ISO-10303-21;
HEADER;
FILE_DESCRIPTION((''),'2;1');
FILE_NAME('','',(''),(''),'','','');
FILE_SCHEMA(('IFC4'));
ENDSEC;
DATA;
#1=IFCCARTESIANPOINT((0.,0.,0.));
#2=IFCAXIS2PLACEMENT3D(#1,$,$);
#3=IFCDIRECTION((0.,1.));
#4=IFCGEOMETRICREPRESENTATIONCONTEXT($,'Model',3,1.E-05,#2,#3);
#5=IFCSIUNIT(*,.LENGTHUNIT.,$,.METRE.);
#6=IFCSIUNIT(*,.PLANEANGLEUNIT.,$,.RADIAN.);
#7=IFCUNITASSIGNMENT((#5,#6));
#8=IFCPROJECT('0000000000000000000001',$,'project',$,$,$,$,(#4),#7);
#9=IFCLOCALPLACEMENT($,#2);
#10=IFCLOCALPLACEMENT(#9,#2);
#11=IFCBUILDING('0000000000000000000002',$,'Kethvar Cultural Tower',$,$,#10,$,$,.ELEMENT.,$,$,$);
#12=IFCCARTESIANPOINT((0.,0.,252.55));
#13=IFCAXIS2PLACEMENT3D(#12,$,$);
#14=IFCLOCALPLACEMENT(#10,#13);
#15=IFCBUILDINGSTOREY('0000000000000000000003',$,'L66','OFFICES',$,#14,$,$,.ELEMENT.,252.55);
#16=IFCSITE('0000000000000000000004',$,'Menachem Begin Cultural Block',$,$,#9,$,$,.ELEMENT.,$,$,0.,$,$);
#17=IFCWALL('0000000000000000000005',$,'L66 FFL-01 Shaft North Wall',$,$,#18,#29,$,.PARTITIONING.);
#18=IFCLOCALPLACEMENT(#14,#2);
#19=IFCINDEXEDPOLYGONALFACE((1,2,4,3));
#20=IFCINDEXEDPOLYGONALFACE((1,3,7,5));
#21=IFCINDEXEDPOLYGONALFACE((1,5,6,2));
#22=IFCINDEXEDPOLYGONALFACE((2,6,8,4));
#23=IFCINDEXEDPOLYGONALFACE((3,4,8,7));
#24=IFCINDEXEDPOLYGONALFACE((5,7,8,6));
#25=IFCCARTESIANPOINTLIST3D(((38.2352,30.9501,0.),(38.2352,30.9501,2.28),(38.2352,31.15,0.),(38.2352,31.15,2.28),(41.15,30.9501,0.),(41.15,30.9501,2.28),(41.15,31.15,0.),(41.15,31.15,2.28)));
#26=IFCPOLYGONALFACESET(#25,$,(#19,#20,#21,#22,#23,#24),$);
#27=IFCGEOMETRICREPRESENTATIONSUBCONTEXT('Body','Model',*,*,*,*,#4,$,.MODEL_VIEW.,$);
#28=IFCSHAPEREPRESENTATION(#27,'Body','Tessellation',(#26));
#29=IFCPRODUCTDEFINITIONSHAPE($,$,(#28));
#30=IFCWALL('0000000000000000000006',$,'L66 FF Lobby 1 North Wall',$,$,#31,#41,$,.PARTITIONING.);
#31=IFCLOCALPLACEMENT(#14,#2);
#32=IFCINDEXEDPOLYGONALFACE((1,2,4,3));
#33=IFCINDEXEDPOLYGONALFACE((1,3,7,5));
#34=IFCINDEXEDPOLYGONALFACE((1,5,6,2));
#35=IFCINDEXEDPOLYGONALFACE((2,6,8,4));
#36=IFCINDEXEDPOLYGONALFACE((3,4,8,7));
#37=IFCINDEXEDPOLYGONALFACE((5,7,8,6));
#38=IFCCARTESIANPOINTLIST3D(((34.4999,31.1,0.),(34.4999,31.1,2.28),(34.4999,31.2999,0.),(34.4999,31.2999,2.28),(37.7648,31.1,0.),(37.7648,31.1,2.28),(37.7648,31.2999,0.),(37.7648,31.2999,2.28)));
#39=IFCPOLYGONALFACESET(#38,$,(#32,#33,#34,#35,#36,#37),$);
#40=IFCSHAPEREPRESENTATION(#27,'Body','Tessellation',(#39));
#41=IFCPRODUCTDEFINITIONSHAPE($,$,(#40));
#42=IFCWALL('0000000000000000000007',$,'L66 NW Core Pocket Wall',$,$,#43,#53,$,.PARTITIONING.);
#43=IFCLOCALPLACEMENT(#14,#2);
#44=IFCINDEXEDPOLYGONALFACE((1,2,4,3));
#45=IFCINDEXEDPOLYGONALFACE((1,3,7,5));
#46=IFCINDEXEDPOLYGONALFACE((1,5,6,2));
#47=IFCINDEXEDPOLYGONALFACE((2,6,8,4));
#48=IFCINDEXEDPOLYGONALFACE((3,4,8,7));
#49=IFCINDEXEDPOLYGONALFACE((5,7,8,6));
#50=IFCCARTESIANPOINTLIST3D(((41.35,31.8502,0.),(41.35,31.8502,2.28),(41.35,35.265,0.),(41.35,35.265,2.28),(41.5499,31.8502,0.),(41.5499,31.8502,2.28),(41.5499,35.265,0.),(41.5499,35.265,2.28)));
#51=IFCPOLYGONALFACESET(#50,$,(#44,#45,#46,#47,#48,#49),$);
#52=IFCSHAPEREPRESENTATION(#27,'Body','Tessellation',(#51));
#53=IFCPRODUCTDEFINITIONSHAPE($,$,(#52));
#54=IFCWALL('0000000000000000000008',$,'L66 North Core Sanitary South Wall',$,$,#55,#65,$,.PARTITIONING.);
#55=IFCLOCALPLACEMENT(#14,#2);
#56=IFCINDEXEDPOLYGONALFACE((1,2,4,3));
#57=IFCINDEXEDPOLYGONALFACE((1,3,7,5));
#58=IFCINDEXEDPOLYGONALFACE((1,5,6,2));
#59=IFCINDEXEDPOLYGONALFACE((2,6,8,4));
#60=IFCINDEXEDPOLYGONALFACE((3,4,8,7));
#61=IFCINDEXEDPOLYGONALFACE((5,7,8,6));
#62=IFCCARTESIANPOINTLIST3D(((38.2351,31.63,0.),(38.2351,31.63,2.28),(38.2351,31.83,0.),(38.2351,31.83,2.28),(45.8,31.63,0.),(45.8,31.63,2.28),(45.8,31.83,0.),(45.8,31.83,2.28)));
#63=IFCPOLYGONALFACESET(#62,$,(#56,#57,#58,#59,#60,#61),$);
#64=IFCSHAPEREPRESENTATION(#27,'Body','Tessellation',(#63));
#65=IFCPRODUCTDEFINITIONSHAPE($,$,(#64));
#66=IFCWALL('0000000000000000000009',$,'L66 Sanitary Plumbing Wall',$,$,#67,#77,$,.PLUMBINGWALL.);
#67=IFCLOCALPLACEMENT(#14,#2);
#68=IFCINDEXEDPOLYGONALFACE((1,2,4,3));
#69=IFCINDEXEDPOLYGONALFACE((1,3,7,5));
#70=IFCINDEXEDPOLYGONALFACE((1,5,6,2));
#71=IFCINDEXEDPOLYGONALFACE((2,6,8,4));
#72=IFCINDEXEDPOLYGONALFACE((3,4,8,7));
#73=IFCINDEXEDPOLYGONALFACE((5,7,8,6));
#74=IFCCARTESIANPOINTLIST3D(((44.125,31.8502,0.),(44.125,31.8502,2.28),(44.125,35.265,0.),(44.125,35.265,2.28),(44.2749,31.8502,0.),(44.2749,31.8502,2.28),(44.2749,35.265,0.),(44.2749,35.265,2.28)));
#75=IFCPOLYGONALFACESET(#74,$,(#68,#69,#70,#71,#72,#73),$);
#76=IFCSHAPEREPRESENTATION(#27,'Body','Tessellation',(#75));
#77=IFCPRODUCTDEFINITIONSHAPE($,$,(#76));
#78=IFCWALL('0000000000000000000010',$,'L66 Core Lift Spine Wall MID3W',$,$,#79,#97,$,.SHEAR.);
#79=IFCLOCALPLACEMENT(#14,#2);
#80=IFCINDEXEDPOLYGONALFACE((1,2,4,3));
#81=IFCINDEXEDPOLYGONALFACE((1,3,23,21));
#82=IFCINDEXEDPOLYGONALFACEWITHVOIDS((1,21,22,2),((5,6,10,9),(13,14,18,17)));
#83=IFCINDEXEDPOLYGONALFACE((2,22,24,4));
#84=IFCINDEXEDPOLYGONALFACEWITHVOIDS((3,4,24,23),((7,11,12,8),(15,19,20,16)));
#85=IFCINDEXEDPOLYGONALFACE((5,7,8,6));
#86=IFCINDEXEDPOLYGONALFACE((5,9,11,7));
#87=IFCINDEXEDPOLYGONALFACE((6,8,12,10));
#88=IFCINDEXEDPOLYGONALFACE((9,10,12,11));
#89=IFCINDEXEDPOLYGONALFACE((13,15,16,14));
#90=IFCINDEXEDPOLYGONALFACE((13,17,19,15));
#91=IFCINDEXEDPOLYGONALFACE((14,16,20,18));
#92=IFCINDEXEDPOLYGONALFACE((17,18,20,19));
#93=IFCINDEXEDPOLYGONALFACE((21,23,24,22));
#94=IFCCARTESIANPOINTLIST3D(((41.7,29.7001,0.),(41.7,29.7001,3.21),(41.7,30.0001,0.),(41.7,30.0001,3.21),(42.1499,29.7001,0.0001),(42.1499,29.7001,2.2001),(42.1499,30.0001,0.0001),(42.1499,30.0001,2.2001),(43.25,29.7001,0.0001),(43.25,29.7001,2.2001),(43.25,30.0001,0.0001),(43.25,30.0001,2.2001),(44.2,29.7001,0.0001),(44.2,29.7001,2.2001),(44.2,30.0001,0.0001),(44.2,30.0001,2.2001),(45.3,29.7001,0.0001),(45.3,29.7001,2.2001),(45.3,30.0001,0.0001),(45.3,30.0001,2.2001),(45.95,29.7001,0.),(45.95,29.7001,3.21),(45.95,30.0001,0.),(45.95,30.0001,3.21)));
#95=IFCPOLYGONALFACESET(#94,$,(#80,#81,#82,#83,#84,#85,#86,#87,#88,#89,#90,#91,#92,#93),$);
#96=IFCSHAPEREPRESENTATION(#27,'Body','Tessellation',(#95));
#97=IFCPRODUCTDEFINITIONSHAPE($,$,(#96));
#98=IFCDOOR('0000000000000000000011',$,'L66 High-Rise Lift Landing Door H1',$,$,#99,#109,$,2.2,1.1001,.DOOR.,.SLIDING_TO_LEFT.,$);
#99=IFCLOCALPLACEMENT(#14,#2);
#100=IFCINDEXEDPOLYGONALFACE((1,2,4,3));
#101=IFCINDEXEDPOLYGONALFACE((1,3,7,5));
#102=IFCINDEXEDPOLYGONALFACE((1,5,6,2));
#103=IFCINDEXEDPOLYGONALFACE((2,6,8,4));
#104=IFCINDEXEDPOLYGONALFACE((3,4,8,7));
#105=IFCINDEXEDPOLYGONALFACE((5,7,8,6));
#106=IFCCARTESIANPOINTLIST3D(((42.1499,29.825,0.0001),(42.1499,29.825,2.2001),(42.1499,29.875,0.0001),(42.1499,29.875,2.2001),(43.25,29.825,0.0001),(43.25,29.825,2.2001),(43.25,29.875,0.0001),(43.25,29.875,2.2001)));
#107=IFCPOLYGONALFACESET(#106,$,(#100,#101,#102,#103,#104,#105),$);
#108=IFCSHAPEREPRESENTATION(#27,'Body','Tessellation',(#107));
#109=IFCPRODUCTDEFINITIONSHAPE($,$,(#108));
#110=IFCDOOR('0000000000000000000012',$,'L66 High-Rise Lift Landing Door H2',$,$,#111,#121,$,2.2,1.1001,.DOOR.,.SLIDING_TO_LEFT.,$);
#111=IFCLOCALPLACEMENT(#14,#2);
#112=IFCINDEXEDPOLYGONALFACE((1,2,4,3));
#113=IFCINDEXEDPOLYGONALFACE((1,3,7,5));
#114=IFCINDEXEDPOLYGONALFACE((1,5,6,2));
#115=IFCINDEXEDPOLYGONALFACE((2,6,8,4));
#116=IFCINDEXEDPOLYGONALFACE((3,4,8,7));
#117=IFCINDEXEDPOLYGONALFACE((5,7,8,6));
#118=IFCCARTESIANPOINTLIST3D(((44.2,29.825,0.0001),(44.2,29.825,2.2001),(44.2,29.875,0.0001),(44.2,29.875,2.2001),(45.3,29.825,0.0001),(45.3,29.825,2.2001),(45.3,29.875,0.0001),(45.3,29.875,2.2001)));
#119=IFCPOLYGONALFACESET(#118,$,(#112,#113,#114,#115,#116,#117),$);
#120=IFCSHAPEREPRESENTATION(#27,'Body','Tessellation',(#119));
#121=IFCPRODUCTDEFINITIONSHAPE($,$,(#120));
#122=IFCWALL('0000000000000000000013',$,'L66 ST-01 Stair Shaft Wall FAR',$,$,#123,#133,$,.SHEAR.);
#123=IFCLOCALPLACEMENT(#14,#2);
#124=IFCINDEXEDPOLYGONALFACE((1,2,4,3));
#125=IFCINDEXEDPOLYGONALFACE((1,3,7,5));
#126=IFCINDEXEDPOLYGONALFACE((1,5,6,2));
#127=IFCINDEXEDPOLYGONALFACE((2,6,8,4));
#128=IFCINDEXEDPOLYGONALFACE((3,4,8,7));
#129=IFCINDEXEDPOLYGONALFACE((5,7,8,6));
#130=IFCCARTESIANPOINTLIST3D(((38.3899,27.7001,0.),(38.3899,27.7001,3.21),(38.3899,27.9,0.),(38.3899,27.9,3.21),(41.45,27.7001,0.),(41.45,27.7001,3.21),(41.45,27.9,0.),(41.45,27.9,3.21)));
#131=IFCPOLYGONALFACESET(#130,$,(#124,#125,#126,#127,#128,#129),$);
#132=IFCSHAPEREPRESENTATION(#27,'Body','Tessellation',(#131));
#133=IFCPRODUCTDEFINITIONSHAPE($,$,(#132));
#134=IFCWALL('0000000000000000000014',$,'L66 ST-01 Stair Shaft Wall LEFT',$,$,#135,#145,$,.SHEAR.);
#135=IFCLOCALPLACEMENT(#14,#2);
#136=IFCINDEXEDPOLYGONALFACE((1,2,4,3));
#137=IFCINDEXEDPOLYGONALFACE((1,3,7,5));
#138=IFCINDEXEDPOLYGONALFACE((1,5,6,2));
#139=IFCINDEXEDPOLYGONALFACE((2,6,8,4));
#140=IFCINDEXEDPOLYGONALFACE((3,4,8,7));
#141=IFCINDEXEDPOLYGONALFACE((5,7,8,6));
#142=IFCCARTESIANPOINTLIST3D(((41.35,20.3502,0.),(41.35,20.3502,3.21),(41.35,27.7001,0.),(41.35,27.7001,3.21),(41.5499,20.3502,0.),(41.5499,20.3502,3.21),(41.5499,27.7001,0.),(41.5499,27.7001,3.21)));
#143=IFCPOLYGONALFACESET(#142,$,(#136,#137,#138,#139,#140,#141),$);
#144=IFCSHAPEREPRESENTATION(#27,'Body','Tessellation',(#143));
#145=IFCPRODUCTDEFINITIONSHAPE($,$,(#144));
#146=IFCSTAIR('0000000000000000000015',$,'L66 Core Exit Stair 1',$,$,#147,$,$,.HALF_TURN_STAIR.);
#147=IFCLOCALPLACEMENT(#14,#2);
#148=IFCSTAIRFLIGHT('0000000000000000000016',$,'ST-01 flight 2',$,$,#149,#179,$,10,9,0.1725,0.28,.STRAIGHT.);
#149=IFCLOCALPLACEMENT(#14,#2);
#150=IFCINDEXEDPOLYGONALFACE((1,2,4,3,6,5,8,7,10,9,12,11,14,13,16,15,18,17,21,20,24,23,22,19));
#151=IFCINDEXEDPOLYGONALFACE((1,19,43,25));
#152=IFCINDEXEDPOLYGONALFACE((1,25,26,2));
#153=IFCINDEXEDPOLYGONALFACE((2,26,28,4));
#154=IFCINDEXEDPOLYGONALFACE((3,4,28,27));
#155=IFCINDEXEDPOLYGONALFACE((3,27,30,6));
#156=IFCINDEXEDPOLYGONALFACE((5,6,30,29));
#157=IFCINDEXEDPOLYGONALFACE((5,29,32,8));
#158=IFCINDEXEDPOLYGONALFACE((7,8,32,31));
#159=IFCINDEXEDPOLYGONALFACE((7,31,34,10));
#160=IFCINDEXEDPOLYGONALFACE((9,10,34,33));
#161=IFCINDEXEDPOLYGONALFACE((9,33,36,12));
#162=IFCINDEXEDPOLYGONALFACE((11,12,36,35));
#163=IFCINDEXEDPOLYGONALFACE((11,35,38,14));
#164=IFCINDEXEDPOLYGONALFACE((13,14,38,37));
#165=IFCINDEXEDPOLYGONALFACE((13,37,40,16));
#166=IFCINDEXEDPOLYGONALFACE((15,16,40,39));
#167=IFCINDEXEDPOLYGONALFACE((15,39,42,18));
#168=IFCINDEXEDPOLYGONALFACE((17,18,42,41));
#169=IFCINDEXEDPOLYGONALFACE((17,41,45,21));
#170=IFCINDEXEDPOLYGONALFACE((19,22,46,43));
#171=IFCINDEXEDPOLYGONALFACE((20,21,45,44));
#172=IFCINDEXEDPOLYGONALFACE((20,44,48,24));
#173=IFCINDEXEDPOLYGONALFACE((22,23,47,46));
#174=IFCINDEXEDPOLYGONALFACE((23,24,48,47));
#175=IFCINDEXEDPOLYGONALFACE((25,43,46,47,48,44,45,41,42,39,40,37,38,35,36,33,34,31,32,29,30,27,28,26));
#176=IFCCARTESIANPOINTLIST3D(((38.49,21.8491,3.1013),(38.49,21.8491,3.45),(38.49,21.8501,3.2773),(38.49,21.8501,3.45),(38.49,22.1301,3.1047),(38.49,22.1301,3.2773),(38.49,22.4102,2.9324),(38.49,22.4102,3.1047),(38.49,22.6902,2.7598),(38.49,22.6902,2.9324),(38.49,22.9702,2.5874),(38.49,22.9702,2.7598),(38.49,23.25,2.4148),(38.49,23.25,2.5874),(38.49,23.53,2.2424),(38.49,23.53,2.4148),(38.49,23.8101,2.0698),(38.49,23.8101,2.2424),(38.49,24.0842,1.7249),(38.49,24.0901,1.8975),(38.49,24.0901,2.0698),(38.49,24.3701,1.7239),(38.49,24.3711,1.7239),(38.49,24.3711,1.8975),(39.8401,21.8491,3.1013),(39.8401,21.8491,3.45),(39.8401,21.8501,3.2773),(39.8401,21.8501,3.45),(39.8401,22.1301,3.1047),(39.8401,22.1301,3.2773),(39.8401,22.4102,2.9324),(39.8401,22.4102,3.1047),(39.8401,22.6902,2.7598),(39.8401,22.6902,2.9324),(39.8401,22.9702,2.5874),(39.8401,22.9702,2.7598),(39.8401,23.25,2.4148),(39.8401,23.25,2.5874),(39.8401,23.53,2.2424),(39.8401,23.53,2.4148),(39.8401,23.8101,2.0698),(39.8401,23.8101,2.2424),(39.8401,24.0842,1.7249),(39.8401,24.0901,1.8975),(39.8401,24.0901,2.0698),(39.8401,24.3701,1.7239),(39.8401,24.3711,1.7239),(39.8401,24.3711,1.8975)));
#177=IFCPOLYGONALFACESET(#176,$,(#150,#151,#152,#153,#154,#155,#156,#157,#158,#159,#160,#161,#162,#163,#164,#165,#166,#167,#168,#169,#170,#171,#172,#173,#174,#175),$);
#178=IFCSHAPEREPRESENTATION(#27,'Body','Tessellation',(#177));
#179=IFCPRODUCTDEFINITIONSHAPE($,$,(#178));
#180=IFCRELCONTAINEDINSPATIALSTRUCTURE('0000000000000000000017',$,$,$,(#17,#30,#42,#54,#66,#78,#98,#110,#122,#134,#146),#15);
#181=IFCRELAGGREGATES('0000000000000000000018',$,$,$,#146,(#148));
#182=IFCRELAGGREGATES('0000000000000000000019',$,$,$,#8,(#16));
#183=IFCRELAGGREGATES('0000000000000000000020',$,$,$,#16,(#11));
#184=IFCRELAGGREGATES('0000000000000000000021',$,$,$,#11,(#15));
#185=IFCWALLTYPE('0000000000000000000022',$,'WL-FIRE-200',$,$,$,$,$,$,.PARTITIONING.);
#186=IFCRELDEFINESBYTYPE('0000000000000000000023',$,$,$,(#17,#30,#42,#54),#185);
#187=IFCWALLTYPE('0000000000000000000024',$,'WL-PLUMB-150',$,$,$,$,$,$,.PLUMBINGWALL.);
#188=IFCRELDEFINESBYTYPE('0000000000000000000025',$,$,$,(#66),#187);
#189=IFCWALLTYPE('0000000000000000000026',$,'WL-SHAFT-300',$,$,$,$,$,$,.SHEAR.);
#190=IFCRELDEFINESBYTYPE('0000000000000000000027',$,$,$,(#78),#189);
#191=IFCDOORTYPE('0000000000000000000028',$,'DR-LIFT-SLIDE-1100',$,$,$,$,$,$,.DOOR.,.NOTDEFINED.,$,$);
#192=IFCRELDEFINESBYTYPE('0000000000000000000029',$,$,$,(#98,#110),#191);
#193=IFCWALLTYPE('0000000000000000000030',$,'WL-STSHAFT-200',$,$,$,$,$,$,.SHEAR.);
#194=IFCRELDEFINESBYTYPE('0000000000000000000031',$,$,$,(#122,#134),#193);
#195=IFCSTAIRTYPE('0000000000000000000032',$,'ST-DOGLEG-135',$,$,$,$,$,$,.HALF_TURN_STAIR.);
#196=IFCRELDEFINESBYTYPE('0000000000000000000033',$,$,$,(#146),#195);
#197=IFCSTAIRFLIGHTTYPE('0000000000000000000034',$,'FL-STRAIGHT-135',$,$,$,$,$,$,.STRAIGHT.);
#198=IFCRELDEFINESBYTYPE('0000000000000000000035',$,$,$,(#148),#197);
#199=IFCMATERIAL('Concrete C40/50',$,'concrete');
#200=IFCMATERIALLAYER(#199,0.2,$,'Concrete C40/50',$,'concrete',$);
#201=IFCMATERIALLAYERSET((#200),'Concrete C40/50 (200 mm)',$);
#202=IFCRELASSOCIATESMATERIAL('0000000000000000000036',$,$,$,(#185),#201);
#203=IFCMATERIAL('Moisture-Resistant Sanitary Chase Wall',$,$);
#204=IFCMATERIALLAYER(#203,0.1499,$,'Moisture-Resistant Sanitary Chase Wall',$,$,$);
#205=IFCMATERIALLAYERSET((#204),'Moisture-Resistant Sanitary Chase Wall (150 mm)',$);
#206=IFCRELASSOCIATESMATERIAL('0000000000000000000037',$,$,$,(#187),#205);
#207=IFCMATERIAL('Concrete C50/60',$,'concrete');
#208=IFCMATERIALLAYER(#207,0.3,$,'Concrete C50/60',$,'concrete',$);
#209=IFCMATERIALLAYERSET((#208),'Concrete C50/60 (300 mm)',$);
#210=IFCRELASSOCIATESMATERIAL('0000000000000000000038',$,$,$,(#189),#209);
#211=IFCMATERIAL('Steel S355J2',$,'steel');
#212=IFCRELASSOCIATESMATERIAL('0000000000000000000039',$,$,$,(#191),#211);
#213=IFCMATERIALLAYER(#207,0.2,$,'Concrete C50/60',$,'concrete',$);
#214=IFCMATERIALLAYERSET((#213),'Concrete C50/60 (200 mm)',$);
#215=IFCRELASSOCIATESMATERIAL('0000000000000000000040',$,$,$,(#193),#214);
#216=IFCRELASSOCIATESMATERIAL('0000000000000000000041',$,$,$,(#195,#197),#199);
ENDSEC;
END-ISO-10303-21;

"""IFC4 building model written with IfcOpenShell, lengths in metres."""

from ifc_helpers import new_model, si_unit, direction, frame, frame_2d, origin, place, context, subcontext, project, spatial, polyline, rectangle, outline, extrude, source, transform, mapped, material, layer, layer_set, type_object, element, fill, aggregate, save


model = new_model("IFC4")

# Units and contexts
model_context = context("Model", 3, precision=1e-05, world=origin(), true_north=direction((0.0, 1.0)))
body_context = subcontext(model_context, "Body", "Model", "MODEL_VIEW")
ifc_project = project(units=[si_unit("LENGTHUNIT", "METRE"), si_unit("PLANEANGLEUNIT", "RADIAN")], contexts=[model_context])

# Site, building, storey
site_placement = place(None, origin())
site = spatial("IfcSite", under=ifc_project, at=site_placement, Name="Menachem Begin Cultural Block", CompositionType="ELEMENT", RefElevation=0.0)
building_placement = place(site_placement, origin())
building = spatial("IfcBuilding", under=site, at=building_placement, Name="Kethvar Cultural Tower", CompositionType="ELEMENT")
storey_placement = place(building_placement, frame((0.0, 0.0, 252.55)))
storey = spatial("IfcBuildingStorey", under=building, at=storey_placement, Name="L66", Description="OFFICES", CompositionType="ELEMENT", Elevation=252.55)

# Shared definitions
ifc_material_1 = material(Name="Steel S355J2", Category="steel")

# Walls
ifc_material_2 = material(Name="Concrete C40/50", Category="concrete")
ifc_layer_1 = layer(ifc_material_2, 0.2, Name="Concrete C40/50", Category="concrete")
ifc_layer_set_1 = layer_set([ifc_layer_1], Name="Concrete C40/50 (200 mm)")
wall_type_1 = type_object("IfcWallType", Name="WL-FIRE-200", PredefinedType="PARTITIONING", material=ifc_layer_set_1)
for number, where, z_axis, x_axis, name in (
    (1, (38.2351, 31.05, 0.0), (0.0, 0.0, 1.0), (1.0, 0.0, 0.0), "L66 FFL-01 Shaft North Wall"),
):
    element("IfcWall", number, at=place(storey_placement, frame(where, z_axis=z_axis, x_axis=x_axis)), inside=storey, type_object=wall_type_1, Name=name, PredefinedType="PARTITIONING", context=body_context, shape_type="SweptSolid", body=[
        extrude(rectangle(XDim=2.9148, YDim=0.2, at=frame_2d((1.4575, 0.0))), origin(), (0.0, 0.0, 1.0), 2.28),
    ])
wall_1_placement = place(storey_placement, frame((34.5, 31.2, 0.0), z_axis=(0.0, 0.0, 1.0), x_axis=(1.0, 0.0, 0.0)))
element("IfcWall", 2, at=wall_1_placement, inside=storey, type_object=wall_type_1, Name="L66 FF Lobby 1 North Wall", PredefinedType="PARTITIONING", context=body_context, shape_type="SweptSolid", body=[
    extrude(rectangle(XDim=3.2649, YDim=0.2, at=frame_2d((1.6323, 0.0))), origin(), (0.0, 0.0, 1.0), 2.28),
])
wall_2_placement = place(storey_placement, frame((41.45, 31.8501, 0.0), z_axis=(0.0, 0.0, 1.0), x_axis=(0.0, 1.0, 0.0)))
element("IfcWall", 3, at=wall_2_placement, inside=storey, type_object=wall_type_1, Name="L66 NW Core Pocket Wall", PredefinedType="PARTITIONING", context=body_context, shape_type="SweptSolid", body=[
    extrude(rectangle(XDim=3.4148, YDim=0.2, at=frame_2d((1.7075, 0.0))), origin(), (0.0, 0.0, 1.0), 2.28),
])
wall_3_placement = place(storey_placement, frame((38.2351, 31.73, 0.0), z_axis=(0.0, 0.0, 1.0), x_axis=(1.0, 0.0, 0.0)))
element("IfcWall", 4, at=wall_3_placement, inside=storey, type_object=wall_type_1, Name="L66 North Core Sanitary South Wall", PredefinedType="PARTITIONING", context=body_context, shape_type="SweptSolid", body=[
    extrude(rectangle(XDim=7.5649, YDim=0.2, at=frame_2d((3.7825, 0.0))), origin(), (0.0, 0.0, 1.0), 2.28),
])
ifc_material_3 = material(Name="Moisture-Resistant Sanitary Chase Wall")
ifc_layer_2 = layer(ifc_material_3, 0.1499, Name="Moisture-Resistant Sanitary Chase Wall")
ifc_layer_set_2 = layer_set([ifc_layer_2], Name="Moisture-Resistant Sanitary Chase Wall (150 mm)")
wall_type_2 = type_object("IfcWallType", Name="WL-PLUMB-150", PredefinedType="PLUMBINGWALL", material=ifc_layer_set_2)
wall_4_placement = place(storey_placement, frame((44.2, 31.8501, 0.0), z_axis=(0.0, 0.0, 1.0), x_axis=(0.0, 1.0, 0.0)))
element("IfcWall", 5, at=wall_4_placement, inside=storey, type_object=wall_type_2, Name="L66 Sanitary Plumbing Wall", PredefinedType="PLUMBINGWALL", context=body_context, shape_type="SweptSolid", body=[
    extrude(rectangle(XDim=3.4148, YDim=0.1499, at=frame_2d((1.7075, 0.0))), origin(), (0.0, 0.0, 1.0), 2.28),
])

# Shared definitions
ifc_material_4 = material(Name="Concrete C50/60", Category="concrete")
ifc_layer_3 = layer(ifc_material_4, 0.3, Name="Concrete C50/60", Category="concrete")
ifc_layer_set_3 = layer_set([ifc_layer_3], Name="Concrete C50/60 (300 mm)")
wall_type_3 = type_object("IfcWallType", Name="WL-SHAFT-300", PredefinedType="SHEAR", material=ifc_layer_set_3)

# Wall, openings, doors
wall_5_placement = place(storey_placement, frame((41.7, 29.8501, 0.0), z_axis=(0.0, 0.0, 1.0), x_axis=(1.0, 0.0, 0.0)))
wall_5 = element("IfcWall", 6, at=wall_5_placement, inside=storey, type_object=wall_type_3, Name="L66 Core Lift Spine Wall MID3W", PredefinedType="SHEAR", context=body_context, shape_type="SweptSolid", body=[
    extrude(rectangle(XDim=4.25, YDim=0.3, at=frame_2d((2.125, 0.0))), origin(), (0.0, 0.0, 1.0), 3.21),
])
opening_1_placement = place(wall_5_placement, frame((0.45, 0.0, 0.0)))
opening_1 = element("IfcOpeningElement", 7, at=opening_1_placement, cuts=wall_5, PredefinedType="OPENING", context=body_context, shape_type="SweptSolid", body=[
    extrude(rectangle(XDim=1.1001, YDim=2.2, at=frame_2d((0.55, 1.1001))), frame((0.0, 0.1599, 0.0), z_axis=(0.0, -1.0, 0.0), x_axis=(1.0, 0.0, 0.0)), (0.0, 0.0, 1.0), 0.3201),
])
opening_2_placement = place(wall_5_placement, frame((2.5, 0.0, 0.0)))
opening_2 = element("IfcOpeningElement", 8, at=opening_2_placement, cuts=wall_5, PredefinedType="OPENING", context=body_context, shape_type="SweptSolid", body=[
    extrude(rectangle(XDim=1.1001, YDim=2.2, at=frame_2d((0.55, 1.1001))), frame((0.0, 0.1599, 0.0), z_axis=(0.0, -1.0, 0.0), x_axis=(1.0, 0.0, 0.0)), (0.0, 0.0, 1.0), 0.3201),
])
door_type_1 = type_object("IfcDoorType", Name="DR-LIFT-SLIDE-1100", OperationType="NOTDEFINED", PredefinedType="DOOR", material=ifc_material_1)
shared_shape_1 = source(origin(), body_context, "Body", "SweptSolid", [
    extrude(rectangle(XDim=1.1001, YDim=2.2, at=frame_2d((0.55, 1.1001))), frame((0.0, 0.0249, 0.0), z_axis=(0.0, -1.0, 0.0), x_axis=(1.0, 0.0, 0.0)), (0.0, 0.0, 1.0), 0.05),
])
door_1_placement = place(opening_1_placement, origin())
door_1 = element("IfcDoor", 9, at=door_1_placement, inside=storey, type_object=door_type_1, Name="L66 High-Rise Lift Landing Door H1", OperationType="SLIDING_TO_LEFT", OverallHeight=2.2, OverallWidth=1.1001, PredefinedType="DOOR", context=body_context, shape_type="MappedRepresentation", body=[
    mapped(shared_shape_1, transform((0.0, 0.0, 0.0), scale=1.0)),
])
fill(opening_1, door_1)
door_2_placement = place(opening_2_placement, origin())
door_2 = element("IfcDoor", 10, at=door_2_placement, inside=storey, type_object=door_type_1, Name="L66 High-Rise Lift Landing Door H2", OperationType="SLIDING_TO_LEFT", OverallHeight=2.2, OverallWidth=1.1001, PredefinedType="DOOR", context=body_context, shape_type="MappedRepresentation", body=[
    mapped(shared_shape_1, transform((0.0, 0.0, 0.0), scale=1.0)),
])
fill(opening_2, door_2)

# Walls
ifc_layer_4 = layer(ifc_material_4, 0.2, Name="Concrete C50/60", Category="concrete")
ifc_layer_set_4 = layer_set([ifc_layer_4], Name="Concrete C50/60 (200 mm)")
wall_type_4 = type_object("IfcWallType", Name="WL-STSHAFT-200", PredefinedType="SHEAR", material=ifc_layer_set_4)
wall_6_placement = place(storey_placement, frame((38.3899, 27.8, 0.0), z_axis=(0.0, 0.0, 1.0), x_axis=(1.0, 0.0, 0.0)))
element("IfcWall", 11, at=wall_6_placement, inside=storey, type_object=wall_type_4, Name="L66 ST-01 Stair Shaft Wall FAR", PredefinedType="SHEAR", context=body_context, shape_type="SweptSolid", body=[
    extrude(rectangle(XDim=3.0601, YDim=0.2, at=frame_2d((1.53, 0.0))), origin(), (0.0, 0.0, 1.0), 3.21),
])
wall_7_placement = place(storey_placement, frame((41.45, 27.7, 0.0), z_axis=(0.0, 0.0, 1.0), x_axis=(0.0, -1.0, 0.0)))
element("IfcWall", 12, at=wall_7_placement, inside=storey, type_object=wall_type_4, Name="L66 ST-01 Stair Shaft Wall LEFT", PredefinedType="SHEAR", context=body_context, shape_type="SweptSolid", body=[
    extrude(rectangle(XDim=7.3499, YDim=0.2, at=frame_2d((3.6748, 0.0))), origin(), (0.0, 0.0, 1.0), 3.21),
])

# Stair, stair flight
stair_type = type_object("IfcStairType", Name="ST-DOGLEG-135", PredefinedType="HALF_TURN_STAIR", material=ifc_material_2)
stair_placement = place(storey_placement, origin())
stair = element("IfcStair", 13, at=stair_placement, inside=storey, type_object=stair_type, Name="L66 Core Exit Stair 1", PredefinedType="HALF_TURN_STAIR")
stair_flight_type = type_object("IfcStairFlightType", Name="FL-STRAIGHT-135", PredefinedType="STRAIGHT", material=ifc_material_2)
stair_flight_placement = place(storey_placement, frame((39.165, 24.3701, 1.7249), z_axis=(0.0, 0.0, 1.0), x_axis=(0.0, -1.0, 0.0)))
stair_flight = element("IfcStairFlight", 14, at=stair_flight_placement, type_object=stair_flight_type, Name="ST-01 flight 2", NumberOfRisers=10, NumberOfTreads=9, PredefinedType="STRAIGHT", RiserHeight=0.1725, TreadLength=0.28, context=body_context, shape_type="SweptSolid", body=[
    extrude(outline(polyline([(-0.001, -0.001), (-0.001, 0.1726), (0.28, 0.1726), (0.28, 0.345), (0.5601, 0.345), (0.5601, 0.5176), (0.8401, 0.5176), (0.8401, 0.6899), (1.1201, 0.6899), (1.1201, 0.8625), (1.3999, 0.8625), (1.3999, 1.0349), (1.6799, 1.0349), (1.6799, 1.2075), (1.96, 1.2075), (1.96, 1.3799), (2.24, 1.3799), (2.24, 1.5525), (2.52, 1.5525), (2.52, 1.7251), (2.521, 1.7251), (2.521, 1.3765), (0.2859, 0.0), (0.0, -0.001), (-0.001, -0.001)])), frame((0.0, 0.675, 0.0), z_axis=(0.0, -1.0, 0.0), x_axis=(1.0, 0.0, 0.0)), (0.0, 0.0, 1.0), 1.3501),
])
aggregate(stair, [stair_flight])

save(model, "model.ifc")
